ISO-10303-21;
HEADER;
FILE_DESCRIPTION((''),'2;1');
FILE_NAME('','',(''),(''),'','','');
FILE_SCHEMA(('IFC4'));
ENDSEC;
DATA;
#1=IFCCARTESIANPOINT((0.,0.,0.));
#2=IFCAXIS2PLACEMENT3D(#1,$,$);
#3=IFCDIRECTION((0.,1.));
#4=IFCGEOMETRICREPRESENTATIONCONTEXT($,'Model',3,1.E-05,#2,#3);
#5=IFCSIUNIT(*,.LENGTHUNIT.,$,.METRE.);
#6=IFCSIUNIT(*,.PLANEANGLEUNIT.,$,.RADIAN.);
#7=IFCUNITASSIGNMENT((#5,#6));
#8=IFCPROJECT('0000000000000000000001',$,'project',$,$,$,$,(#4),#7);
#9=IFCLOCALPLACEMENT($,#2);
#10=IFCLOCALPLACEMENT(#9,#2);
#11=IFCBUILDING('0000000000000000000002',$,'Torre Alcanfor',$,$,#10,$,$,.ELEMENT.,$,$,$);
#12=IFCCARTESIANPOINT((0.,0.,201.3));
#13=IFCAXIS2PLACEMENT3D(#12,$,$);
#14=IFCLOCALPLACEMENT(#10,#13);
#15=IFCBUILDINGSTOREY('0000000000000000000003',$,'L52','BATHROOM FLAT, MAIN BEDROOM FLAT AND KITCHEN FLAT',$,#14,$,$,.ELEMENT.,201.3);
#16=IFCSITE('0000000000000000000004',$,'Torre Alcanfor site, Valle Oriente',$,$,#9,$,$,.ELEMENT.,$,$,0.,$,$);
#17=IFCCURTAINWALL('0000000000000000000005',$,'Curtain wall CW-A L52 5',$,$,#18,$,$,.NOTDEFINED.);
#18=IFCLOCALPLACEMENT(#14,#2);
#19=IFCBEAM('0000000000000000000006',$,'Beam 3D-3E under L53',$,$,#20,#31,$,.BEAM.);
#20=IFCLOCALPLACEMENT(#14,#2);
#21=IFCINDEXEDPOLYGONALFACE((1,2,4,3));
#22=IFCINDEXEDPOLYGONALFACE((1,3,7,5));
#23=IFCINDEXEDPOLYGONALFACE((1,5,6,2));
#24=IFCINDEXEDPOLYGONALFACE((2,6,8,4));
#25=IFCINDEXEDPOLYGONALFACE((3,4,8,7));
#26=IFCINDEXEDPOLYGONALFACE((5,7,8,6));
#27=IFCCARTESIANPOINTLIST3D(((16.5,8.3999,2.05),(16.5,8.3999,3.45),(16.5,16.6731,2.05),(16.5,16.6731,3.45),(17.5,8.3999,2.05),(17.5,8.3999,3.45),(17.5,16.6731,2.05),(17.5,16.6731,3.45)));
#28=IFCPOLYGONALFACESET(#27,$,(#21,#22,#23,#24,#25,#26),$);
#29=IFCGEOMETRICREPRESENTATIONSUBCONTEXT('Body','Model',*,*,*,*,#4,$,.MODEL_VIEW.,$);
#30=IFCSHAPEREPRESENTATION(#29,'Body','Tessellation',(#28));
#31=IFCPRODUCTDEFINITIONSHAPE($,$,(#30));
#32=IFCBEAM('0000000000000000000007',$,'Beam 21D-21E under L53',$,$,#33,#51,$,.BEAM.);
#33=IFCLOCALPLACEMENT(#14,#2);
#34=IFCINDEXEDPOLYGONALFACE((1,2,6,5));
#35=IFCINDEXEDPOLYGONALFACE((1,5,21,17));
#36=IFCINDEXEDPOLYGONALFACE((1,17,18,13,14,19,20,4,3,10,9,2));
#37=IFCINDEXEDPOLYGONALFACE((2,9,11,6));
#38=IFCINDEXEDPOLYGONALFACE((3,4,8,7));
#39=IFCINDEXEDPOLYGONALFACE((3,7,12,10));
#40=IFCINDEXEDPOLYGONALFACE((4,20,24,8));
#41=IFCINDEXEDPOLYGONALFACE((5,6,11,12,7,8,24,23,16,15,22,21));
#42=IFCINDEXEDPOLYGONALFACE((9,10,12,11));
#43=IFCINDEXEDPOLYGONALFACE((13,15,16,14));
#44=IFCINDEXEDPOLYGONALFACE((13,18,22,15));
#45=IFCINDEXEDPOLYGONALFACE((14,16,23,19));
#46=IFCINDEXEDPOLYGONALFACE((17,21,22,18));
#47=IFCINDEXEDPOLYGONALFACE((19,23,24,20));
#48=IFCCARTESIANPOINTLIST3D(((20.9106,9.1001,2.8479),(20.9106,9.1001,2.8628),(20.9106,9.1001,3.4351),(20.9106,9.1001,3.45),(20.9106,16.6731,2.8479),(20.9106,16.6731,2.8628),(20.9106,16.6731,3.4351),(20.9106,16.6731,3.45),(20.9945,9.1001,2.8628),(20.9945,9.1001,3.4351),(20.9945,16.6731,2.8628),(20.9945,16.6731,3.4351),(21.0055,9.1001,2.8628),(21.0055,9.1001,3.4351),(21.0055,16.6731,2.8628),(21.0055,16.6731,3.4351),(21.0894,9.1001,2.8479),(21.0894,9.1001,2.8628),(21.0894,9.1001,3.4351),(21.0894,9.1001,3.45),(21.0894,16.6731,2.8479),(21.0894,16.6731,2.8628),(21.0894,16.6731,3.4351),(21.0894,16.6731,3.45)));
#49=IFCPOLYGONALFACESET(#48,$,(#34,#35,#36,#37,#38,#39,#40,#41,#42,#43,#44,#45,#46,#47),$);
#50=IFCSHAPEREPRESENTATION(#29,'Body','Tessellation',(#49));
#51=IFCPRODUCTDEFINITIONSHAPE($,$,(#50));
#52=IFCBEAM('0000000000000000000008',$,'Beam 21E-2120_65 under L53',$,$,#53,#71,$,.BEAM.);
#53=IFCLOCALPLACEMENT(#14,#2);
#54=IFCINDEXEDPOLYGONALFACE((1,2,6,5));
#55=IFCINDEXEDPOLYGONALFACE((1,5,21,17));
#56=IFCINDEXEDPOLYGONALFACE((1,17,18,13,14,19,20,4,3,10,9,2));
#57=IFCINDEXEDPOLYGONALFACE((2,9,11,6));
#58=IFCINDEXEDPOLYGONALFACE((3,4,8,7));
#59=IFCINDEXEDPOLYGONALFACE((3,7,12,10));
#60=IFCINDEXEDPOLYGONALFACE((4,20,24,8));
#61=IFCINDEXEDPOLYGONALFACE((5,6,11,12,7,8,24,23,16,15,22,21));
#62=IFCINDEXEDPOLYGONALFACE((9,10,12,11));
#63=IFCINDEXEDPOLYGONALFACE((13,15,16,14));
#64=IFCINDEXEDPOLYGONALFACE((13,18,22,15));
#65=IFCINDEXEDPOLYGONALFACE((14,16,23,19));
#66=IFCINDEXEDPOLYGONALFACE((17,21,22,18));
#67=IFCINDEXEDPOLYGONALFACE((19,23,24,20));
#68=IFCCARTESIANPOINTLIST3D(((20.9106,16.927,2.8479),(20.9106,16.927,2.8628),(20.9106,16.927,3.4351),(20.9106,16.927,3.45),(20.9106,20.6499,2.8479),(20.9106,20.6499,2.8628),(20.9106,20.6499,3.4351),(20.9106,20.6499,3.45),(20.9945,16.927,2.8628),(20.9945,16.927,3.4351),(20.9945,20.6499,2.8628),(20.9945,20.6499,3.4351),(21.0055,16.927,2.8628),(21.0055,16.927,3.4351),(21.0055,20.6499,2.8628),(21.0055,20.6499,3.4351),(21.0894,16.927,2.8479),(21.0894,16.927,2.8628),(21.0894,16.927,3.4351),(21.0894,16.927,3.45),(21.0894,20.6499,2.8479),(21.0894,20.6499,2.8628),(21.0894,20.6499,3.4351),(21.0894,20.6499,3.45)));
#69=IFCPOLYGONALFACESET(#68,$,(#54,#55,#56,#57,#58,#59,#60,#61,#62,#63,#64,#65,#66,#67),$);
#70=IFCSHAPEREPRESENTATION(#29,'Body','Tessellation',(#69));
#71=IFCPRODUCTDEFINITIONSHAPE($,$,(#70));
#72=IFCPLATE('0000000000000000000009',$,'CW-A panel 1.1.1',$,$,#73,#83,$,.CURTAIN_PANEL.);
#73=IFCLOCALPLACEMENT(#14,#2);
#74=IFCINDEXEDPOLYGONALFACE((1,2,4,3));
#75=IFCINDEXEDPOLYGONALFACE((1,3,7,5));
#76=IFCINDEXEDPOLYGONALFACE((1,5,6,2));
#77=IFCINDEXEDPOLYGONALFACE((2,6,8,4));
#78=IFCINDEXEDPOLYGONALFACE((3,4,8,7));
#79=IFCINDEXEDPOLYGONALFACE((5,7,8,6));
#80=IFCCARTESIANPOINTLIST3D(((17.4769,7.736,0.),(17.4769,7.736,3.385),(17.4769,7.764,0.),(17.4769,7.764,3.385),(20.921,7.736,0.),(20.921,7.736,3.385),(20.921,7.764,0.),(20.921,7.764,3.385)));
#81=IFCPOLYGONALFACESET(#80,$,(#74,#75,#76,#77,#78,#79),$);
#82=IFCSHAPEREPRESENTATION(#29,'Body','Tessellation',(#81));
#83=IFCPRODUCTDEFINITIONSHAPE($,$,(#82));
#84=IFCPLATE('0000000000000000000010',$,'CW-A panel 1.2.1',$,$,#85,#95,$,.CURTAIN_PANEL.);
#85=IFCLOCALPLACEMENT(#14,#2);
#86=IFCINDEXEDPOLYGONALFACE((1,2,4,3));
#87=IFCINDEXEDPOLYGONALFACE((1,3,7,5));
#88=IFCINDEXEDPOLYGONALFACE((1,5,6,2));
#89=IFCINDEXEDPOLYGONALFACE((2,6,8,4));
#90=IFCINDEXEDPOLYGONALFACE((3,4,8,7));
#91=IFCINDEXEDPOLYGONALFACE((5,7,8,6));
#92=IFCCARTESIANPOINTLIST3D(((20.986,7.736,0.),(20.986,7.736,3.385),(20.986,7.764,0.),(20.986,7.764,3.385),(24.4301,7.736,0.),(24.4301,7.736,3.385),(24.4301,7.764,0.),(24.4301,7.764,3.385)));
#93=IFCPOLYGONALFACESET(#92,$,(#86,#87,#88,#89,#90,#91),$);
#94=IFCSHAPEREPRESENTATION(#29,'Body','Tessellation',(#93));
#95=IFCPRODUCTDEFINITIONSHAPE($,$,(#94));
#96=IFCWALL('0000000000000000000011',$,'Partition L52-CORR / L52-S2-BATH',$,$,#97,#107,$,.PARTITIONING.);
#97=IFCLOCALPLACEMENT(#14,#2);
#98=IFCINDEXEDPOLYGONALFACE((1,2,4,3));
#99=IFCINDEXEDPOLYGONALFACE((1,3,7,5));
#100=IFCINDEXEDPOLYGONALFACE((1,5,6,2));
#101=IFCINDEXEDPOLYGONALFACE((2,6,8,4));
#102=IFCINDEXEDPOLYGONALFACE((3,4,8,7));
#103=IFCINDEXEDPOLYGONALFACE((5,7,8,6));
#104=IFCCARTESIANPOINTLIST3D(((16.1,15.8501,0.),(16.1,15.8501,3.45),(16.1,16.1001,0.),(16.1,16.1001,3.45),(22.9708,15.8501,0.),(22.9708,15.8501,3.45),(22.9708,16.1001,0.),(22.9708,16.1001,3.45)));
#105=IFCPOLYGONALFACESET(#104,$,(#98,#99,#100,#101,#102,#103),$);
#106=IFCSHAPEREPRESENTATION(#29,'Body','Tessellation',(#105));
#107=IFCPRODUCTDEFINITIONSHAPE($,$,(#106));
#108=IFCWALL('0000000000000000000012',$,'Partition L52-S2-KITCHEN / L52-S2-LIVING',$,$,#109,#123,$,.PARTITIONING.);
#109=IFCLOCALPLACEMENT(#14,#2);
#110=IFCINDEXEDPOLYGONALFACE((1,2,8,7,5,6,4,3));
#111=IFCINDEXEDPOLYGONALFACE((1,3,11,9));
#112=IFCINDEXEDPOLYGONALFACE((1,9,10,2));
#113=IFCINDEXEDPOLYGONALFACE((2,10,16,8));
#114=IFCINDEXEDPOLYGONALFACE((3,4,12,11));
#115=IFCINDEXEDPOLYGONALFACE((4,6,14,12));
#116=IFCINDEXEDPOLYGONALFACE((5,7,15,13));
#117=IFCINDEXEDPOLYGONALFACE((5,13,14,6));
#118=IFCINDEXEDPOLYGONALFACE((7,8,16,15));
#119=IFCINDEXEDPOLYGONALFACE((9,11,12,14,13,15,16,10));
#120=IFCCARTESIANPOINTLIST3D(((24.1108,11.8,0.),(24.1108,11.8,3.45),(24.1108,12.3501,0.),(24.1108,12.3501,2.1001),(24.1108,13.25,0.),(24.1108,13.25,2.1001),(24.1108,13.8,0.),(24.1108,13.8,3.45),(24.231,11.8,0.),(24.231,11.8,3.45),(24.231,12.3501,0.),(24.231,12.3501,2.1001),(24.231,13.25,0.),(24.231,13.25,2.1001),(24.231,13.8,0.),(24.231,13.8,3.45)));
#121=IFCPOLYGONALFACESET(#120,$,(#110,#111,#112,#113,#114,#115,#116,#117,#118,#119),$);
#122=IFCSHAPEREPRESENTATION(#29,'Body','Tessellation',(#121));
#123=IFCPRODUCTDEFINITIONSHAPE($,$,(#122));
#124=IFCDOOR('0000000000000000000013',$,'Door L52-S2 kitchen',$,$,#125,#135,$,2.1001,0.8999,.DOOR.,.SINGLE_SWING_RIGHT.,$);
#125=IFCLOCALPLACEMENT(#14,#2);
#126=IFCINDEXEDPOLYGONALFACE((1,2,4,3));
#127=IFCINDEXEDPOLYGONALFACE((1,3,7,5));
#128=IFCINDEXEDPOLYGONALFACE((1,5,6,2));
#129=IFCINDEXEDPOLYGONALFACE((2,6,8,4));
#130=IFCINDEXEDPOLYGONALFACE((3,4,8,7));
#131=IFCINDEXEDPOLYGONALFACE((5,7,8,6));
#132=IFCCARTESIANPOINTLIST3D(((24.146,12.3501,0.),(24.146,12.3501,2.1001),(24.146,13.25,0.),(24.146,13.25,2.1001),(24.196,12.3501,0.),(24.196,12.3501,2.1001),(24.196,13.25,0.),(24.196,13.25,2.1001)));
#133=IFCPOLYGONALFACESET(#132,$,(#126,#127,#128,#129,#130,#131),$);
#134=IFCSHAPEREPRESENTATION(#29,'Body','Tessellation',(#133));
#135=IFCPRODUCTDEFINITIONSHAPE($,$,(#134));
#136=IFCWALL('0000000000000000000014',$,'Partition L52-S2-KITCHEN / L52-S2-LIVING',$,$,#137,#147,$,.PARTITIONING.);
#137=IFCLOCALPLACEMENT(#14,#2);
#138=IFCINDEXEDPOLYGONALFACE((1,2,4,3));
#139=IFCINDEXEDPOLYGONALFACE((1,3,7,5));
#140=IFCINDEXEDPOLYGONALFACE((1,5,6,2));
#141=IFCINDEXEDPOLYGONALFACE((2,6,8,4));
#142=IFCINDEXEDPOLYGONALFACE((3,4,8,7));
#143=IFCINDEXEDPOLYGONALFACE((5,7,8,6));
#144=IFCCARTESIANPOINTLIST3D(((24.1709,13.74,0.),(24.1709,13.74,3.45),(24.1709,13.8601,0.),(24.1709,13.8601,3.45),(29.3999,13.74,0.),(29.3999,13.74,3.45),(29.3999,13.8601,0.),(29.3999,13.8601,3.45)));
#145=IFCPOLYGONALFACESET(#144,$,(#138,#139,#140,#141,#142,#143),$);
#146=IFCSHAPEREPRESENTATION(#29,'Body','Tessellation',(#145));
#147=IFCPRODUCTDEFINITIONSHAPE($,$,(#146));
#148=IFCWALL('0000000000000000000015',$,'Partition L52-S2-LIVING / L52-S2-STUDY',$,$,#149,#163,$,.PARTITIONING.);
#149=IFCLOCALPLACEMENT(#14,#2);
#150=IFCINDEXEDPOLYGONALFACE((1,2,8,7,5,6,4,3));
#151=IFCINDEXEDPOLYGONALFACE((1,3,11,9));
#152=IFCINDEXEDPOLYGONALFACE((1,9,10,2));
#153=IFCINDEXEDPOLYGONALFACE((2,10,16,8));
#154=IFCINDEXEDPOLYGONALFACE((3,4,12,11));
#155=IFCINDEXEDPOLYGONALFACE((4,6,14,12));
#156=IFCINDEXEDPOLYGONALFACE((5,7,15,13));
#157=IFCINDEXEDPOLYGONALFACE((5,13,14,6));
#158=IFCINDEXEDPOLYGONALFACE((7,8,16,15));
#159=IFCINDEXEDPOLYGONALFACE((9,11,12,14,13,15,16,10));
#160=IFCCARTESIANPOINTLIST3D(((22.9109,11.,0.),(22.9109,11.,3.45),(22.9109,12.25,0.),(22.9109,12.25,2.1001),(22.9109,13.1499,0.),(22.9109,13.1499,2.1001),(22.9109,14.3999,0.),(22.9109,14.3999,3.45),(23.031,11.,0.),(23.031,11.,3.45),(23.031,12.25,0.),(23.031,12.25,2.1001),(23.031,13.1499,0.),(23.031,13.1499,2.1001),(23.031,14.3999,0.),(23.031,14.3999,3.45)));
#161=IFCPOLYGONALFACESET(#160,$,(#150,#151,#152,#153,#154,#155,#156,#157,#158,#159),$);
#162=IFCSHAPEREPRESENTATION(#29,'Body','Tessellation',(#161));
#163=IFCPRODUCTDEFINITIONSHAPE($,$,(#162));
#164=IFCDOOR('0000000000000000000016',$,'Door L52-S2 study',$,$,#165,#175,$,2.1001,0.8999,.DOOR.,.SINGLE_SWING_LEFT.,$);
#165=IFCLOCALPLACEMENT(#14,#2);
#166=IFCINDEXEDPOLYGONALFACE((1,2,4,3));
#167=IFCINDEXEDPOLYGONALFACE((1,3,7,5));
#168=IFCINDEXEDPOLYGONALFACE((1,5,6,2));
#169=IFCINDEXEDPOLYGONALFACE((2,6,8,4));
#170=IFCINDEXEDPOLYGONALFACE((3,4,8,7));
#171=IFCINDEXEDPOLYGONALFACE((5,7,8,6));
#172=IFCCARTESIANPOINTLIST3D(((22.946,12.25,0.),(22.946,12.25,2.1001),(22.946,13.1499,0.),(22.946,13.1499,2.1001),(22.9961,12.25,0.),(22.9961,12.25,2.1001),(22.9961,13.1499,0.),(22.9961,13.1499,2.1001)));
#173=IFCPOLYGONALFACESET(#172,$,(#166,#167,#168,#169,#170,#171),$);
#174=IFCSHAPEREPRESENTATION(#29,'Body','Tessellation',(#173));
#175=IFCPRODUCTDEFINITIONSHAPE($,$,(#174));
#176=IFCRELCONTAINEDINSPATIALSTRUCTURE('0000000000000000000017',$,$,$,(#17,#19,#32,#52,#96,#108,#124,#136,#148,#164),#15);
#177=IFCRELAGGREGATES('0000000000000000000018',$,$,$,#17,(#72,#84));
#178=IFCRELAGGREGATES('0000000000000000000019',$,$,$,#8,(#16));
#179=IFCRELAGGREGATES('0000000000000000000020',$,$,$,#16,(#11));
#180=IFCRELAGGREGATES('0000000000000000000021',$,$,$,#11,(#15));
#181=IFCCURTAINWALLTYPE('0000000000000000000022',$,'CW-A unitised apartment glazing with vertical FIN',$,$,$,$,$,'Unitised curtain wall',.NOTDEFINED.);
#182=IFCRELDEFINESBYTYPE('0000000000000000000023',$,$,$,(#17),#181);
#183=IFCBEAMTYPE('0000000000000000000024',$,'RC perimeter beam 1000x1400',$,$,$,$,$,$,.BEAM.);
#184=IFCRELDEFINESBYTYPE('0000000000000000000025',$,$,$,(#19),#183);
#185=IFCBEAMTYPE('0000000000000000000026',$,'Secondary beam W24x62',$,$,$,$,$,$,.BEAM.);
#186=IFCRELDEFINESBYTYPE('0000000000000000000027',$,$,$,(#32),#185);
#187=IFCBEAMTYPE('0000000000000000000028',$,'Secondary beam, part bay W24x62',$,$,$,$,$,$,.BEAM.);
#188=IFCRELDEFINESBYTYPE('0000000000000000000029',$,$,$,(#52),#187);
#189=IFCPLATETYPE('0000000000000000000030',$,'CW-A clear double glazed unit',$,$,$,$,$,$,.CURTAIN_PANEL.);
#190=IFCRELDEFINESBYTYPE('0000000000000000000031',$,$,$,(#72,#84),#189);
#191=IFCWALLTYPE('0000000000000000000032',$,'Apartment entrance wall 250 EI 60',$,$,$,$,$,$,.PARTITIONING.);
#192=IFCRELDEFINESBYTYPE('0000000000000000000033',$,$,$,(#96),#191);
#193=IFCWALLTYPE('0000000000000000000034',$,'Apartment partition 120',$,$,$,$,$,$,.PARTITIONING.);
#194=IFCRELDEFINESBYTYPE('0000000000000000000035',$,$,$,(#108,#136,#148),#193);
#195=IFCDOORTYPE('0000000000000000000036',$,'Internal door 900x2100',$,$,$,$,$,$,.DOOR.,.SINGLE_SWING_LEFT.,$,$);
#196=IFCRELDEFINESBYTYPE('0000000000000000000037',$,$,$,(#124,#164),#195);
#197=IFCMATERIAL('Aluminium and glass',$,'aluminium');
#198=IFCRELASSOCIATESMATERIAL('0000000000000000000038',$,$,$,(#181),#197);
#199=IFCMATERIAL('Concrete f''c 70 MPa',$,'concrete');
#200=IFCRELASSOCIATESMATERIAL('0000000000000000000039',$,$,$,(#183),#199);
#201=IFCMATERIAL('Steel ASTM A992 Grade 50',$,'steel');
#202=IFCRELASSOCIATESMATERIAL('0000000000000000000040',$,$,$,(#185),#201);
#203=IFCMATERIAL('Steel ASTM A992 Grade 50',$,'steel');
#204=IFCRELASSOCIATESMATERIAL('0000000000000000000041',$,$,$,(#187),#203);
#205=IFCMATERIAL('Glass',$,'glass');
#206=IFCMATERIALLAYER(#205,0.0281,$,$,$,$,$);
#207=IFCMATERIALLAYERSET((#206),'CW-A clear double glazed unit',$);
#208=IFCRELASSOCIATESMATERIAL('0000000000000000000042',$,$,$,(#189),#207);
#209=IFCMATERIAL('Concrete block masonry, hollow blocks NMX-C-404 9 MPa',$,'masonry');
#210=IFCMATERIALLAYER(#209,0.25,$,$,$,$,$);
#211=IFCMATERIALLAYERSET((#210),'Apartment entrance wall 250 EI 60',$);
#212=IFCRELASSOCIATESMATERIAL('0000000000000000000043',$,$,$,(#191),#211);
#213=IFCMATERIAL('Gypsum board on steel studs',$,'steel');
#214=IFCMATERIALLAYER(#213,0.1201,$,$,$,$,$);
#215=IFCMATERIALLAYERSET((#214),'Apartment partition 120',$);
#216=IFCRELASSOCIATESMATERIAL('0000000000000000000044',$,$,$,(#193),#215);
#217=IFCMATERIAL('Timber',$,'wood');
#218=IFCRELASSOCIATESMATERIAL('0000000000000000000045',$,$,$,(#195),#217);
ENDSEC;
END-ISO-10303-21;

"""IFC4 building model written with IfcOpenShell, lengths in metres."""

from ifc_helpers import new_model, si_unit, direction, frame, frame_2d, origin, origin_2d, place, context, subcontext, project, spatial, rectangle, i_section, extrude, material, layer, layer_set, material_profile, profile_set, type_object, element, fill, aggregate, save


model = new_model("IFC4")

# Units and contexts
model_context = context("Model", 3, precision=1e-05, world=origin(), true_north=direction((0.0, 1.0)))
body_context = subcontext(model_context, "Body", "Model", "MODEL_VIEW")
ifc_project = project(units=[si_unit("LENGTHUNIT", "METRE"), si_unit("PLANEANGLEUNIT", "RADIAN")], contexts=[model_context])

# Site, building, storey
site_placement = place(None, origin())
site = spatial("IfcSite", under=ifc_project, at=site_placement, Name="Torre Alcanfor site, Valle Oriente", CompositionType="ELEMENT", RefElevation=0.0)
building_placement = place(site_placement, origin())
building = spatial("IfcBuilding", under=site, at=building_placement, Name="Torre Alcanfor", CompositionType="ELEMENT")
storey_placement = place(building_placement, frame((0.0, 0.0, 201.3)))
storey = spatial("IfcBuildingStorey", under=building, at=storey_placement, Name="L52", Description="BATHROOM FLAT, MAIN BEDROOM FLAT AND KITCHEN FLAT", CompositionType="ELEMENT", Elevation=201.3)

# Curtain wall
ifc_material_1 = material(Name="Aluminium and glass", Category="aluminium")
curtain_wall_type = type_object("IfcCurtainWallType", Name="CW-A unitised apartment glazing with vertical FIN", ElementType="Unitised curtain wall", PredefinedType="NOTDEFINED", material=ifc_material_1)
curtain_wall_placement = place(storey_placement, origin())
curtain_wall = element("IfcCurtainWall", 1, at=curtain_wall_placement, inside=storey, type_object=curtain_wall_type, Name="Curtain wall CW-A L52 5", PredefinedType="NOTDEFINED")

# Beams
ifc_material_2 = material(Name="Concrete f'c 70 MPa", Category="concrete")
ifc_material_profile_1 = material_profile(ifc_material_2, rectangle(XDim=1.0, YDim=1.3999, at=origin_2d()), Name="1000x1400")
ifc_profile_set_1 = profile_set([ifc_material_profile_1], Name="Concrete f'c 70 MPa")
beam_type_1 = type_object("IfcBeamType", Name="RC perimeter beam 1000x1400", PredefinedType="BEAM", material=ifc_profile_set_1)
beam_1_placement = place(storey_placement, frame((17.0, 8.3999, 2.75), z_axis=(0.0, 1.0, 0.0), x_axis=(-1.0, 0.0, 0.0)))
element("IfcBeam", 2, at=beam_1_placement, inside=storey, type_object=beam_type_1, Name="Beam 3D-3E under L53", PredefinedType="BEAM", context=body_context, shape_type="SweptSolid", body=[
    extrude(rectangle(XDim=1.0, YDim=1.3999, at=origin_2d()), origin(), (0.0, 0.0, 1.0), 8.2732),
])
ifc_material_3 = material(Name="Steel ASTM A992 Grade 50", Category="steel")
ifc_material_profile_2 = material_profile(ifc_material_3, i_section(OverallWidth=0.1787, OverallDepth=0.6021, WebThickness=0.011, FlangeThickness=0.0149, at=origin_2d()), Name="W24x62")
ifc_profile_set_2 = profile_set([ifc_material_profile_2], Name="Steel ASTM A992 Grade 50")
beam_type_2 = type_object("IfcBeamType", Name="Secondary beam W24x62", PredefinedType="BEAM", material=ifc_profile_set_2)
beam_2_placement = place(storey_placement, frame((21.0, 9.1001, 3.1489), z_axis=(0.0, 1.0, 0.0), x_axis=(-1.0, 0.0, 0.0)))
element("IfcBeam", 3, at=beam_2_placement, inside=storey, type_object=beam_type_2, Name="Beam 21D-21E under L53", PredefinedType="BEAM", context=body_context, shape_type="SweptSolid", body=[
    extrude(i_section(OverallWidth=0.1787, OverallDepth=0.6021, WebThickness=0.011, FlangeThickness=0.0149, at=origin_2d()), origin(), (0.0, 0.0, 1.0), 7.573),
])
ifc_material_4 = material(Name="Steel ASTM A992 Grade 50", Category="steel")
ifc_material_profile_3 = material_profile(ifc_material_4, i_section(OverallWidth=0.1787, OverallDepth=0.6021, WebThickness=0.011, FlangeThickness=0.0149, at=origin_2d()), Name="W24x62")
ifc_profile_set_3 = profile_set([ifc_material_profile_3], Name="Steel ASTM A992 Grade 50")
beam_type_3 = type_object("IfcBeamType", Name="Secondary beam, part bay W24x62", PredefinedType="BEAM", material=ifc_profile_set_3)
beam_3_placement = place(storey_placement, frame((21.0, 16.927, 3.1489), z_axis=(0.0, 1.0, 0.0), x_axis=(-1.0, 0.0, 0.0)))
element("IfcBeam", 4, at=beam_3_placement, inside=storey, type_object=beam_type_3, Name="Beam 21E-2120_65 under L53", PredefinedType="BEAM", context=body_context, shape_type="SweptSolid", body=[
    extrude(i_section(OverallWidth=0.1787, OverallDepth=0.6021, WebThickness=0.011, FlangeThickness=0.0149, at=origin_2d()), origin(), (0.0, 0.0, 1.0), 3.7229),
])

# Plates
ifc_material_5 = material(Name="Glass", Category="glass")
ifc_layer_1 = layer(ifc_material_5, 0.0281)
ifc_layer_set_1 = layer_set([ifc_layer_1], Name="CW-A clear double glazed unit")
plate_type = type_object("IfcPlateType", Name="CW-A clear double glazed unit", PredefinedType="CURTAIN_PANEL", material=ifc_layer_set_1)
plate_1_placement = place(storey_placement, frame((19.199, 7.75, 0.0), z_axis=(0.0, 0.0, 1.0), x_axis=(1.0, 0.0, 0.0)))
plate_1 = element("IfcPlate", 5, at=plate_1_placement, type_object=plate_type, Name="CW-A panel 1.1.1", PredefinedType="CURTAIN_PANEL", context=body_context, shape_type="SweptSolid", body=[
    extrude(rectangle(XDim=3.4441, YDim=0.0281, at=origin_2d()), origin(), (0.0, 0.0, 1.0), 3.385),
])
plate_2_placement = place(storey_placement, frame((22.708, 7.75, 0.0), z_axis=(0.0, 0.0, 1.0), x_axis=(1.0, 0.0, 0.0)))
plate_2 = element("IfcPlate", 6, at=plate_2_placement, type_object=plate_type, Name="CW-A panel 1.2.1", PredefinedType="CURTAIN_PANEL", context=body_context, shape_type="SweptSolid", body=[
    extrude(rectangle(XDim=3.4441, YDim=0.0281, at=origin_2d()), origin(), (0.0, 0.0, 1.0), 3.385),
])
aggregate(curtain_wall, [plate_1, plate_2])

# Wall
ifc_material_6 = material(Name="Concrete block masonry, hollow blocks NMX-C-404 9 MPa", Category="masonry")
ifc_layer_2 = layer(ifc_material_6, 0.25)
ifc_layer_set_2 = layer_set([ifc_layer_2], Name="Apartment entrance wall 250 EI 60")
wall_type_1 = type_object("IfcWallType", Name="Apartment entrance wall 250 EI 60", PredefinedType="PARTITIONING", material=ifc_layer_set_2)
wall_1_placement = place(storey_placement, frame((22.9709, 15.9751, 0.0), z_axis=(0.0, 0.0, 1.0), x_axis=(-1.0, 0.0, 0.0)))
element("IfcWall", 7, at=wall_1_placement, inside=storey, type_object=wall_type_1, Name="Partition L52-CORR / L52-S2-BATH", PredefinedType="PARTITIONING", context=body_context, shape_type="SweptSolid", body=[
    extrude(rectangle(XDim=6.8708, YDim=0.25, at=frame_2d((3.4355, 0.0))), origin(), (0.0, 0.0, 1.0), 3.45),
])

# Wall, opening, door
ifc_material_7 = material(Name="Gypsum board on steel studs", Category="steel")
ifc_layer_3 = layer(ifc_material_7, 0.1201)
ifc_layer_set_3 = layer_set([ifc_layer_3], Name="Apartment partition 120")
wall_type_2 = type_object("IfcWallType", Name="Apartment partition 120", PredefinedType="PARTITIONING", material=ifc_layer_set_3)
wall_2_placement = place(storey_placement, frame((24.1709, 11.8, 0.0), z_axis=(0.0, 0.0, 1.0), x_axis=(0.0, 1.0, 0.0)))
wall_2 = element("IfcWall", 8, at=wall_2_placement, inside=storey, type_object=wall_type_2, Name="Partition L52-S2-KITCHEN / L52-S2-LIVING", PredefinedType="PARTITIONING", context=body_context, shape_type="SweptSolid", body=[
    extrude(rectangle(XDim=2.0, YDim=0.1201, at=frame_2d((1.0, 0.0))), origin(), (0.0, 0.0, 1.0), 3.45),
])
opening_1_placement = place(wall_2_placement, frame((0.55, 0.0, 0.0)))
opening_1 = element("IfcOpeningElement", 9, at=opening_1_placement, cuts=wall_2, PredefinedType="OPENING", context=body_context, shape_type="SweptSolid", body=[
    extrude(rectangle(XDim=0.8999, YDim=2.1001, at=frame_2d((0.45, 1.05))), frame((0.0, 0.0701, 0.0), z_axis=(0.0, -1.0, 0.0), x_axis=(1.0, 0.0, 0.0)), (0.0, 0.0, 1.0), 0.1401),
])
ifc_material_8 = material(Name="Timber", Category="wood")
door_type_1 = type_object("IfcDoorType", Name="Internal door 900x2100", OperationType="SINGLE_SWING_LEFT", PredefinedType="DOOR", material=ifc_material_8)
door_1_placement = place(opening_1_placement, frame((0.8999, 0.0, 0.0), z_axis=(0.0, 0.0, 1.0), x_axis=(-1.0, 0.0, 0.0)))
door_1 = element("IfcDoor", 10, at=door_1_placement, inside=storey, type_object=door_type_1, Name="Door L52-S2 kitchen", OperationType="SINGLE_SWING_RIGHT", OverallHeight=2.1001, OverallWidth=0.8999, PredefinedType="DOOR", context=body_context, shape_type="SweptSolid", body=[
    extrude(rectangle(XDim=0.8999, YDim=2.1001, at=frame_2d((0.45, 1.05))), frame((0.0, 0.0251, 0.0), z_axis=(0.0, -1.0, 0.0), x_axis=(1.0, 0.0, 0.0)), (0.0, 0.0, 1.0), 0.05),
])
fill(opening_1, door_1)

# Wall
wall_3_placement = place(storey_placement, frame((24.1709, 13.8, 0.0), z_axis=(0.0, 0.0, 1.0), x_axis=(1.0, 0.0, 0.0)))
element("IfcWall", 11, at=wall_3_placement, inside=storey, type_object=wall_type_2, Name="Partition L52-S2-KITCHEN / L52-S2-LIVING", PredefinedType="PARTITIONING", context=body_context, shape_type="SweptSolid", body=[
    extrude(rectangle(XDim=5.229, YDim=0.1201, at=frame_2d((2.6145, 0.0))), origin(), (0.0, 0.0, 1.0), 3.45),
])

# Wall, opening, door
wall_4_placement = place(storey_placement, frame((22.9709, 11.0, 0.0), z_axis=(0.0, 0.0, 1.0), x_axis=(0.0, 1.0, 0.0)))
wall_4 = element("IfcWall", 12, at=wall_4_placement, inside=storey, type_object=wall_type_2, Name="Partition L52-S2-LIVING / L52-S2-STUDY", PredefinedType="PARTITIONING", context=body_context, shape_type="SweptSolid", body=[
    extrude(rectangle(XDim=3.3999, YDim=0.1201, at=frame_2d((1.7, 0.0))), origin(), (0.0, 0.0, 1.0), 3.45),
])
opening_2_placement = place(wall_4_placement, frame((1.25, 0.0, 0.0)))
opening_2 = element("IfcOpeningElement", 13, at=opening_2_placement, cuts=wall_4, PredefinedType="OPENING", context=body_context, shape_type="SweptSolid", body=[
    extrude(rectangle(XDim=0.8999, YDim=2.1001, at=frame_2d((0.45, 1.05))), frame((0.0, 0.0701, 0.0), z_axis=(0.0, -1.0, 0.0), x_axis=(1.0, 0.0, 0.0)), (0.0, 0.0, 1.0), 0.1401),
])
door_2_placement = place(opening_2_placement, origin())
door_2 = element("IfcDoor", 14, at=door_2_placement, inside=storey, type_object=door_type_1, Name="Door L52-S2 study", OperationType="SINGLE_SWING_LEFT", OverallHeight=2.1001, OverallWidth=0.8999, PredefinedType="DOOR", context=body_context, shape_type="SweptSolid", body=[
    extrude(rectangle(XDim=0.8999, YDim=2.1001, at=frame_2d((0.45, 1.05))), frame((0.0, 0.0249, 0.0), z_axis=(0.0, -1.0, 0.0), x_axis=(1.0, 0.0, 0.0)), (0.0, 0.0, 1.0), 0.05),
])
fill(opening_2, door_2)

save(model, "model.ifc")
